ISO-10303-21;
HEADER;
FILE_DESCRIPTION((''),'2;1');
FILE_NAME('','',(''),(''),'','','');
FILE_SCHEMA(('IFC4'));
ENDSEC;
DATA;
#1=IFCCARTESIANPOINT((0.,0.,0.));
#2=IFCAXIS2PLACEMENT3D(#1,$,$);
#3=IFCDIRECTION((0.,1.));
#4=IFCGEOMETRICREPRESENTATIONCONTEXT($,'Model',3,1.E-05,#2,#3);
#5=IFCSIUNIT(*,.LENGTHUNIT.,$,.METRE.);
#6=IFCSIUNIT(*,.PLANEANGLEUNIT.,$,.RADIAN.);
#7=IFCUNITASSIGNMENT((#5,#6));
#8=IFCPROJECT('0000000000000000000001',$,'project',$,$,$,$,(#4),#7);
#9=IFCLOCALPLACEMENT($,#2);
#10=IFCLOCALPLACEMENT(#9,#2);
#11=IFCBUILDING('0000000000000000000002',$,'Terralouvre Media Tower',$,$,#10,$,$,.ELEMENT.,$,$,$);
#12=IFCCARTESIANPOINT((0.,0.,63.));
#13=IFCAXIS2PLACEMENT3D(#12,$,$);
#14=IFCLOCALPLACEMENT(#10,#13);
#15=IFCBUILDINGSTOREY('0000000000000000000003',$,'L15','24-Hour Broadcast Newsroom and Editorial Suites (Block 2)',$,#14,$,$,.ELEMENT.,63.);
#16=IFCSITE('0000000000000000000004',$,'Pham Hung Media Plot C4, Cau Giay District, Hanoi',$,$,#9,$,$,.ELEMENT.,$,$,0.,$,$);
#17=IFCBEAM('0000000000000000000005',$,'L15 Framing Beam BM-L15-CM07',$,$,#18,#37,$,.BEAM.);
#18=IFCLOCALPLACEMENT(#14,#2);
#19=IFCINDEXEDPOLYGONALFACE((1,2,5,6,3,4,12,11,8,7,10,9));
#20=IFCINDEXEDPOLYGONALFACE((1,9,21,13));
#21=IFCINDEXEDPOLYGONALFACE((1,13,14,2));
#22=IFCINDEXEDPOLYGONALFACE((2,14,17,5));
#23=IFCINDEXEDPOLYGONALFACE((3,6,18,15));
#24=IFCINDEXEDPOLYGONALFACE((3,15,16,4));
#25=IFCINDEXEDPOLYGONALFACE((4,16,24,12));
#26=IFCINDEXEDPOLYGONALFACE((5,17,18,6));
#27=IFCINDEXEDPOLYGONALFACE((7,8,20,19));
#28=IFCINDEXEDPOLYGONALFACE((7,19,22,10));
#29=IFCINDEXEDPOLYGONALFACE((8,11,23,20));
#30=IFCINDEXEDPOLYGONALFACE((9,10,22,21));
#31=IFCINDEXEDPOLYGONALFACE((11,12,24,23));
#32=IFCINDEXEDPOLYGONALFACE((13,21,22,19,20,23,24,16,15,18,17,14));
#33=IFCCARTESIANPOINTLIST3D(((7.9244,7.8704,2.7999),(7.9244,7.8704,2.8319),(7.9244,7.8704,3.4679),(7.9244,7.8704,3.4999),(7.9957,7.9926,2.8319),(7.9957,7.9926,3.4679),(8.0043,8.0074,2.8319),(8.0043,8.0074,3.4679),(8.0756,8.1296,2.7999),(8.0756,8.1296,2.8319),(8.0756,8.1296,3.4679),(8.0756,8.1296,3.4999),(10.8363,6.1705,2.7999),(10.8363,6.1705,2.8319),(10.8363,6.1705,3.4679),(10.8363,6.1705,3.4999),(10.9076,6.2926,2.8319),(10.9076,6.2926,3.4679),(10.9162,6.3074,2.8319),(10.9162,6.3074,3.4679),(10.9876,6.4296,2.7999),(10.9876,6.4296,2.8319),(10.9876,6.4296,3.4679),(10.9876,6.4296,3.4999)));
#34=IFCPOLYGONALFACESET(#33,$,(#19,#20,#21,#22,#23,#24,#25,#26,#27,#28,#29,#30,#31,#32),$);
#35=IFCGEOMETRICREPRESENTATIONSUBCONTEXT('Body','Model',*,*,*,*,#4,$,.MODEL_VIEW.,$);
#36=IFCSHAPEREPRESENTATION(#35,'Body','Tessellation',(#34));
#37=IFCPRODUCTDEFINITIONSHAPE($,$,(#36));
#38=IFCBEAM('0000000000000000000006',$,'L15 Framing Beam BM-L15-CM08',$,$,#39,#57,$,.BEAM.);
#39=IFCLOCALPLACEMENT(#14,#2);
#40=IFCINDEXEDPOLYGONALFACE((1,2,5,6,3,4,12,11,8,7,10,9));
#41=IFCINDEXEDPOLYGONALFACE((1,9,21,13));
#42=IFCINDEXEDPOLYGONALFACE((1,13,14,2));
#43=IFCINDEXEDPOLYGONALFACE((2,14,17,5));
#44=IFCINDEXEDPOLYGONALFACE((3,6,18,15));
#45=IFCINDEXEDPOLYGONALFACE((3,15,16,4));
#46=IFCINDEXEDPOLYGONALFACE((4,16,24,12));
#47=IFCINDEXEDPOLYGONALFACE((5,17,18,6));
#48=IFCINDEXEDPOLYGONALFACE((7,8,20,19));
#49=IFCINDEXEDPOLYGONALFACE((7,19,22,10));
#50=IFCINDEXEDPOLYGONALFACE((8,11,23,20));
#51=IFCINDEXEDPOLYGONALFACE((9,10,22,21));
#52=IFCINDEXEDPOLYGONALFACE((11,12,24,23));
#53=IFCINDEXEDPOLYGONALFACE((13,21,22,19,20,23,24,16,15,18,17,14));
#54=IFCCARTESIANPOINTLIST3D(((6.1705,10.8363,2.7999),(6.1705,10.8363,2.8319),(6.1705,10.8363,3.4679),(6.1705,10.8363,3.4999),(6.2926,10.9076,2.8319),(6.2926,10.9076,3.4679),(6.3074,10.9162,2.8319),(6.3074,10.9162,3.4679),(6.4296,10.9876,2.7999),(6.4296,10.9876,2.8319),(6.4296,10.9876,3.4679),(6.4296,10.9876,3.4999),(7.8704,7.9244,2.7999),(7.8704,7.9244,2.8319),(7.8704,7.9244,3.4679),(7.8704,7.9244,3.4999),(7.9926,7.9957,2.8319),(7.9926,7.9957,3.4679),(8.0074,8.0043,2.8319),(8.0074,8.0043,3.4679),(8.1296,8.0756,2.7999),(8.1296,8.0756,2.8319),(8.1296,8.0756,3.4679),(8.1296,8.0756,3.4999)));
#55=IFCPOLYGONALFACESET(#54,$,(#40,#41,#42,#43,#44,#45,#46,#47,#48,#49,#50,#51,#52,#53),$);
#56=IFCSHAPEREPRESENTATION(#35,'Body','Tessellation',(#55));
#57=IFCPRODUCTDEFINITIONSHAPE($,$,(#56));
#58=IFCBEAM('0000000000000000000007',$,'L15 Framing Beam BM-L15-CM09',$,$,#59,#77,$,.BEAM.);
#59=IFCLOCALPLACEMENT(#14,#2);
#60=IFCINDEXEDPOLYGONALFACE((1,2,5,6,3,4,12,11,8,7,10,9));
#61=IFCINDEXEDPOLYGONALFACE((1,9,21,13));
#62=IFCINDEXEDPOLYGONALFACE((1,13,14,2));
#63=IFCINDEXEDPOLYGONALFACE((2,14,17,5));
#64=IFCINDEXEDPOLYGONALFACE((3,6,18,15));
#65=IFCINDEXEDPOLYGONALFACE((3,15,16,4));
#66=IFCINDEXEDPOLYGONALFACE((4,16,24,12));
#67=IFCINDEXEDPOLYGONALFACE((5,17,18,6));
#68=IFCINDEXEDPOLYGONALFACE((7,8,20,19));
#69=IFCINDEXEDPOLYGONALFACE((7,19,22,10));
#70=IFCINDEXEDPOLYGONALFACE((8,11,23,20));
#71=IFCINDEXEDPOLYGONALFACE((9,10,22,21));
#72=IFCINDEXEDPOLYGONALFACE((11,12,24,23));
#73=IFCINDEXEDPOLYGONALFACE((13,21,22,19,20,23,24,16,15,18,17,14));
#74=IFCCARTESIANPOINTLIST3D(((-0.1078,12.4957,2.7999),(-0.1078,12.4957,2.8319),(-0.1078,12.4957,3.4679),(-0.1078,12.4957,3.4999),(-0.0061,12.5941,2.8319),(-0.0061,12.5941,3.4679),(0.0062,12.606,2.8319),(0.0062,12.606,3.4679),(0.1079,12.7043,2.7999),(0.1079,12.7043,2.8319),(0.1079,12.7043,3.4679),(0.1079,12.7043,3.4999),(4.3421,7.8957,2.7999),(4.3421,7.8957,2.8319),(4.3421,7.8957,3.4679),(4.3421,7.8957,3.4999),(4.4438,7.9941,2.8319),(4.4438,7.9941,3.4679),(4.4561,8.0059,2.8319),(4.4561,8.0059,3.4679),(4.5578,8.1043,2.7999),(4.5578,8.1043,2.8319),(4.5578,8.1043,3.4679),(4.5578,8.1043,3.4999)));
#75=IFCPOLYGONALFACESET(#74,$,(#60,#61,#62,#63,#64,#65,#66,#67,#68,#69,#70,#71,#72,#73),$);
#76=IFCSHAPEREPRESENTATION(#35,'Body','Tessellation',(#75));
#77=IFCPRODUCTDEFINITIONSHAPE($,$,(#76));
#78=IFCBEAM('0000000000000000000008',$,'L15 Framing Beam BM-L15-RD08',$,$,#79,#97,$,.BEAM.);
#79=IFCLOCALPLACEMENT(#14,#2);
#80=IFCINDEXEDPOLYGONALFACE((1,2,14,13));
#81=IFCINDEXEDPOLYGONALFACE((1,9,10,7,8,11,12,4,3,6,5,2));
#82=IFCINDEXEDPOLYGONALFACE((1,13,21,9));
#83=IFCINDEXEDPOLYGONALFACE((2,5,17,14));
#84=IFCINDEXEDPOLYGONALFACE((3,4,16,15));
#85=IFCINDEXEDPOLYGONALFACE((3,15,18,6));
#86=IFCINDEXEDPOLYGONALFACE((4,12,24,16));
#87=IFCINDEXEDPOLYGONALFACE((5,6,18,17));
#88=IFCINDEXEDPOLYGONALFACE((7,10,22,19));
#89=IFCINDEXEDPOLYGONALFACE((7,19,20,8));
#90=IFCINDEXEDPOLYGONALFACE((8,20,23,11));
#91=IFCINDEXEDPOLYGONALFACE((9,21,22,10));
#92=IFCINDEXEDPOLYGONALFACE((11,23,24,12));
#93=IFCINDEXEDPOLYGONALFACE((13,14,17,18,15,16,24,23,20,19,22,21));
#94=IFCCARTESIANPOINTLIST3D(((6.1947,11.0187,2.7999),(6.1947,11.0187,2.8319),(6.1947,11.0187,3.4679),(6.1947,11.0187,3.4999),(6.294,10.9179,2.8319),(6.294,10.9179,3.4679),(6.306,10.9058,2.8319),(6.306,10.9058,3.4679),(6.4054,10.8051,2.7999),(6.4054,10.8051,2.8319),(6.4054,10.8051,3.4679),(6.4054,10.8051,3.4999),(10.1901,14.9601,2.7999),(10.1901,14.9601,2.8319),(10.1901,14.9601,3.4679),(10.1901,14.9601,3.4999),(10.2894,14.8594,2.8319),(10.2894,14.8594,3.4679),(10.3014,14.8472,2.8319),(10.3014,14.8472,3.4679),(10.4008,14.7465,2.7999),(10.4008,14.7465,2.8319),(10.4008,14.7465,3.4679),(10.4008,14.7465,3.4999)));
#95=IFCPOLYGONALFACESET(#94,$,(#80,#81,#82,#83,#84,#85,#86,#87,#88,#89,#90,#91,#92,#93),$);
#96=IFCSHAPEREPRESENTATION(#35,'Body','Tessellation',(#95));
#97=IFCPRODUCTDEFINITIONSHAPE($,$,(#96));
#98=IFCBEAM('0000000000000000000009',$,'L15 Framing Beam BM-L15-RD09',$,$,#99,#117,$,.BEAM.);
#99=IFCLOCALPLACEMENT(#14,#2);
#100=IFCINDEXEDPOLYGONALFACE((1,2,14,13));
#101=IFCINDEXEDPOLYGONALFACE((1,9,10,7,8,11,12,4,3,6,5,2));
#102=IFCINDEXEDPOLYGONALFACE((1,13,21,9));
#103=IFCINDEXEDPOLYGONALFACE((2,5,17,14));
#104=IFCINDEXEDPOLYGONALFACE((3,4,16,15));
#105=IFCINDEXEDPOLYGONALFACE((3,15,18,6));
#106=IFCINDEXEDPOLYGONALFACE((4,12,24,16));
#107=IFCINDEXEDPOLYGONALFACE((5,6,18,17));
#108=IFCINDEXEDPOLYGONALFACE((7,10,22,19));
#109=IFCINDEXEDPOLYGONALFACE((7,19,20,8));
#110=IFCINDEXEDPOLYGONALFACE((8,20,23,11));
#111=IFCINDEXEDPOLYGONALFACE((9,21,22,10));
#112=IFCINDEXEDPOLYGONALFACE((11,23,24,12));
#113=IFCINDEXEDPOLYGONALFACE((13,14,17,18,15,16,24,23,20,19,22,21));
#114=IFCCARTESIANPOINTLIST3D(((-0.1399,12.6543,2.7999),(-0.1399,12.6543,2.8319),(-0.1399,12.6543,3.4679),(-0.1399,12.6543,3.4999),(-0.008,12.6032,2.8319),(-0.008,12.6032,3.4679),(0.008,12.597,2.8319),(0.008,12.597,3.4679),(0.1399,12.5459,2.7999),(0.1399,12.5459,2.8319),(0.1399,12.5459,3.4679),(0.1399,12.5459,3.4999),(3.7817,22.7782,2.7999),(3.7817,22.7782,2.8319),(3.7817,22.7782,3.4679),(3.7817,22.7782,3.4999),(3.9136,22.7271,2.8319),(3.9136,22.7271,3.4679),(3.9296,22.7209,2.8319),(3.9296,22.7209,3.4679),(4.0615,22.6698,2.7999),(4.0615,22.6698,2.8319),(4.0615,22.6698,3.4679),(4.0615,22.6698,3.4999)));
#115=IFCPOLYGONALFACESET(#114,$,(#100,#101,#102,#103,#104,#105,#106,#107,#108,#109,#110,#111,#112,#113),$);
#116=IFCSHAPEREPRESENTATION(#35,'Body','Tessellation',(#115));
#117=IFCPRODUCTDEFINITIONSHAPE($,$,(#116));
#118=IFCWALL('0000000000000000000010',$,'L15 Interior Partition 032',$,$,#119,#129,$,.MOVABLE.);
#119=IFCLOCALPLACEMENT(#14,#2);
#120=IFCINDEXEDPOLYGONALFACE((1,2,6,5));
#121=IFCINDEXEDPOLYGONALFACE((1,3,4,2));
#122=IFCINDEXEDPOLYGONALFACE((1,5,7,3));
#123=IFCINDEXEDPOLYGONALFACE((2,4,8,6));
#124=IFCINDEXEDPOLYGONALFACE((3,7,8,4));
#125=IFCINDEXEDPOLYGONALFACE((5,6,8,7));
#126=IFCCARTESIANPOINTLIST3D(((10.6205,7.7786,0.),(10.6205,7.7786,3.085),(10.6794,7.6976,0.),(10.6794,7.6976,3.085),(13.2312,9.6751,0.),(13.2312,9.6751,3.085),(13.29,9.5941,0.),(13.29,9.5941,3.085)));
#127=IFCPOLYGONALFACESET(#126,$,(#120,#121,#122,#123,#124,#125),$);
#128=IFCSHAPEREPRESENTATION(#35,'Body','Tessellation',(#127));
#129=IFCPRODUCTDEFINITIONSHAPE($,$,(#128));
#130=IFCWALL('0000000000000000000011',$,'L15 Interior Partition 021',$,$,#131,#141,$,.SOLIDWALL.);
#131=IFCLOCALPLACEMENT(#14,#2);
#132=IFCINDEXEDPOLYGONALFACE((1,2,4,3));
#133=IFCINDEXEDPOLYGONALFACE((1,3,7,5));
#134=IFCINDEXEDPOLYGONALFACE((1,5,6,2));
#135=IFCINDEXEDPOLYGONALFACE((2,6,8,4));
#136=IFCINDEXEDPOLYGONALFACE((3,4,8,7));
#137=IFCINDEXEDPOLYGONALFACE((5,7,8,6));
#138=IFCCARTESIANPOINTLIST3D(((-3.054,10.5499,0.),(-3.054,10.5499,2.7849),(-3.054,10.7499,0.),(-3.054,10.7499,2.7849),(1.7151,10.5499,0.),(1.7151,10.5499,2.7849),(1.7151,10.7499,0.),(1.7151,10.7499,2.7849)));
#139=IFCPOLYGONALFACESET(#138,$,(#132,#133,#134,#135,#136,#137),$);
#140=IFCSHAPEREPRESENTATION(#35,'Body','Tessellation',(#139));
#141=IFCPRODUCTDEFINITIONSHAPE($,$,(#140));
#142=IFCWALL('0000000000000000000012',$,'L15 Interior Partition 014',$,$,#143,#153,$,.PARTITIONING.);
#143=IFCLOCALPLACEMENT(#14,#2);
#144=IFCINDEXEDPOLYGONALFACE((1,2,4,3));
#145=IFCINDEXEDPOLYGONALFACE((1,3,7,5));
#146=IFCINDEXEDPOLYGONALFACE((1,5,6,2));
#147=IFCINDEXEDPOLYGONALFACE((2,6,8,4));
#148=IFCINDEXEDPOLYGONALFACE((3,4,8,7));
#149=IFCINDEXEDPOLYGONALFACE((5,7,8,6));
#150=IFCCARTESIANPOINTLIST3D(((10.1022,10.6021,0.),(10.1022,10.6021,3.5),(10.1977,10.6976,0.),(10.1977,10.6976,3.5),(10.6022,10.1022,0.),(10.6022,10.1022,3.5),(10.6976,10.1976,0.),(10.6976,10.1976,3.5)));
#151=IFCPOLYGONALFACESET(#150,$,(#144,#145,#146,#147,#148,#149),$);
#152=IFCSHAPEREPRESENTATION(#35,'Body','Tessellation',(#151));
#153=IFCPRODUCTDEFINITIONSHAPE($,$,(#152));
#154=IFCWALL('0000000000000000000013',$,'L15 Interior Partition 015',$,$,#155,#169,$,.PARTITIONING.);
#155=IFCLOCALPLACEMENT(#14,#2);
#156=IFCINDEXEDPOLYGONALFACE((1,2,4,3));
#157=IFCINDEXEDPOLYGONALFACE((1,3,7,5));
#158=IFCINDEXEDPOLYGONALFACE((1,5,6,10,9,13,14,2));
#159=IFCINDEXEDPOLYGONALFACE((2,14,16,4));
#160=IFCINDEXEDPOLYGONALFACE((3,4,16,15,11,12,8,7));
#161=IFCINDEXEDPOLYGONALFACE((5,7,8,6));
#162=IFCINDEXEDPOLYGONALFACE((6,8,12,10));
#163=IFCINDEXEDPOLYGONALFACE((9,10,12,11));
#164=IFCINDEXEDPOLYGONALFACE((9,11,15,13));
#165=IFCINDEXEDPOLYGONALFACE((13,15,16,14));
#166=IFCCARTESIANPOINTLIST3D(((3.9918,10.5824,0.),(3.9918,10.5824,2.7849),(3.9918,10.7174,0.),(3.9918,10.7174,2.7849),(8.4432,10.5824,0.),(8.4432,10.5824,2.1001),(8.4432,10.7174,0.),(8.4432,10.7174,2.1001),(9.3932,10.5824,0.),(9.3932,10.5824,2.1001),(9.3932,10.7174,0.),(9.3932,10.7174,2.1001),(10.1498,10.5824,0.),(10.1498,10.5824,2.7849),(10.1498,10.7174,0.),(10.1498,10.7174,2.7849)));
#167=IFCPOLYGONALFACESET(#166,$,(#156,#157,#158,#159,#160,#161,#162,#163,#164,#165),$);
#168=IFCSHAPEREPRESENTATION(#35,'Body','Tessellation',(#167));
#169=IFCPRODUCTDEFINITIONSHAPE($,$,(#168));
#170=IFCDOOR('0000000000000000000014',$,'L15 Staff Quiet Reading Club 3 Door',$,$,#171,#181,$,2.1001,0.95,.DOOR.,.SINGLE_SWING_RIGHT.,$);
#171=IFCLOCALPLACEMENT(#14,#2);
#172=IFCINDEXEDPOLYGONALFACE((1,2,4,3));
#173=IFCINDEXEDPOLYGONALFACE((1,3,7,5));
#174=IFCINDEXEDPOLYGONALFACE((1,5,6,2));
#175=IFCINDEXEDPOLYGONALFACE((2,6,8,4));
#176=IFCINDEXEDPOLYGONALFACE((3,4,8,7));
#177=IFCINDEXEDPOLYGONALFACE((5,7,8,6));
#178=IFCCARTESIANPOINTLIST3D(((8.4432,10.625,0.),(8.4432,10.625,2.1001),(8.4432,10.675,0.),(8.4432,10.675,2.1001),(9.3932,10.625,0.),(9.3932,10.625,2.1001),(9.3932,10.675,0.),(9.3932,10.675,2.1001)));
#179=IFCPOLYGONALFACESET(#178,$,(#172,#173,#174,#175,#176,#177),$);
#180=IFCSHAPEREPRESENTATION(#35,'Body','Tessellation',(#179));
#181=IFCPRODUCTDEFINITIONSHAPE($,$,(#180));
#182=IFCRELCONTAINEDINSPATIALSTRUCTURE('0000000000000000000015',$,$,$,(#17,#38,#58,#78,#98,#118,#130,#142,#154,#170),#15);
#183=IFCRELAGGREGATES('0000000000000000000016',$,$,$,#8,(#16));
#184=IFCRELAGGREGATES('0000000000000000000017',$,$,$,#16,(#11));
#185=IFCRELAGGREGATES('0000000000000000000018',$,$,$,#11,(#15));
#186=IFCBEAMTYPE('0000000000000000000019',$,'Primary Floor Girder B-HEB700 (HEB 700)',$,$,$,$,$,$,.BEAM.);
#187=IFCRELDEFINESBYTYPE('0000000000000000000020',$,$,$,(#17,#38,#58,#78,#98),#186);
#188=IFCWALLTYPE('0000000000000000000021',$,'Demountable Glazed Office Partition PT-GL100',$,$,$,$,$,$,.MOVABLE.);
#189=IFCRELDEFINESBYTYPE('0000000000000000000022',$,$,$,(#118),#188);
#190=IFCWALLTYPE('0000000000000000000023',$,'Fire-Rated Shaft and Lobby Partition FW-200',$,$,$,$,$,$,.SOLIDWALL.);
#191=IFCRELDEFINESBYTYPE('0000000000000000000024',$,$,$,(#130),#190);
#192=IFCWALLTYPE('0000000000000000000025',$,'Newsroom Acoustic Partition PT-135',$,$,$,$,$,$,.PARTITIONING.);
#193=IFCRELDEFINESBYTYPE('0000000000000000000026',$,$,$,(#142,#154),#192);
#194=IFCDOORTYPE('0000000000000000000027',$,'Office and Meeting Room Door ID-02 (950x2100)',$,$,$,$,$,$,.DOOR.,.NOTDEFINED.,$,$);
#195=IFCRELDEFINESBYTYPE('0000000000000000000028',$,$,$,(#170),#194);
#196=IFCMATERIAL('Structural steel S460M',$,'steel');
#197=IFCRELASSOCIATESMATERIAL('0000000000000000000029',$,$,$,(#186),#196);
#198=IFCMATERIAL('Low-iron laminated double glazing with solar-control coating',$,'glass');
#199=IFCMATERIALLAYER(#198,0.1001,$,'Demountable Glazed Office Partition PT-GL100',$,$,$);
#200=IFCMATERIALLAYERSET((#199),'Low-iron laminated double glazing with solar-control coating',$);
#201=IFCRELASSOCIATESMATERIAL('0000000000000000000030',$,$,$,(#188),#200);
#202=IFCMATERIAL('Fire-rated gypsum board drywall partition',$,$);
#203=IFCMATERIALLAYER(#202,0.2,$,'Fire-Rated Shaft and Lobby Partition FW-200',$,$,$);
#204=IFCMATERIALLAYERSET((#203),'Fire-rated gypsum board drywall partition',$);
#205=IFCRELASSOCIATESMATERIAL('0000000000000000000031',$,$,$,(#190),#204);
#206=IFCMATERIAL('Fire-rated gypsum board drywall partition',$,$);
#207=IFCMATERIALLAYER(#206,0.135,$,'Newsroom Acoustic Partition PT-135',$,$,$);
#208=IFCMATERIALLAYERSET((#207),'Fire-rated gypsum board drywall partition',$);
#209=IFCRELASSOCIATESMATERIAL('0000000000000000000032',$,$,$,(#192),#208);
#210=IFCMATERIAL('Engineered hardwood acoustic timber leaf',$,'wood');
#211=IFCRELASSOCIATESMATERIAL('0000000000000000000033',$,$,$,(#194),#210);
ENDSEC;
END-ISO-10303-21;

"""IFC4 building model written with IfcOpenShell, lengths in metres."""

from ifc_helpers import new_model, si_unit, direction, frame, frame_2d, origin, origin_2d, place, context, subcontext, project, spatial, rectangle, i_section, extrude, material, layer, layer_set, material_profile, profile_set, type_object, element, fill, save


model = new_model("IFC4")

# Units and contexts
model_context = context("Model", 3, precision=1e-05, world=origin(), true_north=direction((0.0, 1.0)))
body_context = subcontext(model_context, "Body", "Model", "MODEL_VIEW")
ifc_project = project(units=[si_unit("LENGTHUNIT", "METRE"), si_unit("PLANEANGLEUNIT", "RADIAN")], contexts=[model_context])

# Site, building, storey
site_placement = place(None, origin())
site = spatial("IfcSite", under=ifc_project, at=site_placement, Name="Pham Hung Media Plot C4, Cau Giay District, Hanoi", CompositionType="ELEMENT", RefElevation=0.0)
building_placement = place(site_placement, origin())
building = spatial("IfcBuilding", under=site, at=building_placement, Name="Terralouvre Media Tower", CompositionType="ELEMENT")
storey_placement = place(building_placement, frame((0.0, 0.0, 63.0)))
storey = spatial("IfcBuildingStorey", under=building, at=storey_placement, Name="L15", Description="24-Hour Broadcast Newsroom and Editorial Suites (Block 2)", CompositionType="ELEMENT", Elevation=63.0)

# Beams
ifc_material_1 = material(Name="Structural steel S460M", Category="steel")
ifc_material_profile_1 = material_profile(ifc_material_1, i_section(OverallWidth=0.3, OverallDepth=0.7, WebThickness=0.0171, FlangeThickness=0.032, at=origin_2d()), Name="HEB 700")
ifc_profile_set_1 = profile_set([ifc_material_profile_1], Name="Structural steel S460M")
beam_type_1 = type_object("IfcBeamType", Name="Primary Floor Girder B-HEB700 (HEB 700)", PredefinedType="BEAM", material=ifc_profile_set_1)
for number, where, z_axis, x_axis, name in (
    (1, (8.0, 8.0, 3.1499), (0.863603, -0.504173, 0.0), (0.504173, 0.863603, 0.0), "L15 Framing Beam BM-L15-CM07"),
    (2, (8.0, 8.0, 3.1499), (-0.504173, 0.863603, 0.0), (-0.863603, -0.504173, 0.0), "L15 Framing Beam BM-L15-CM08"),
):
    element("IfcBeam", number, at=place(storey_placement, frame(where, z_axis=z_axis, x_axis=x_axis)), inside=storey, type_object=beam_type_1, Name=name, PredefinedType="BEAM", context=body_context, shape_type="SweptSolid", body=[
        extrude(i_section(OverallWidth=0.3, OverallDepth=0.7, WebThickness=0.0171, FlangeThickness=0.032, at=origin_2d()), origin(), (0.0, 0.0, 1.0), 3.3718),
    ])
beam_1_placement = place(storey_placement, frame((4.45, 8.0, 3.1499), z_axis=(-0.69528, 0.718739, 0.0), x_axis=(-0.718739, -0.69528, 0.0)))
element("IfcBeam", 3, at=beam_1_placement, inside=storey, type_object=beam_type_1, Name="L15 Framing Beam BM-L15-CM09", PredefinedType="BEAM", context=body_context, shape_type="SweptSolid", body=[
    extrude(i_section(OverallWidth=0.3, OverallDepth=0.7, WebThickness=0.0171, FlangeThickness=0.032, at=origin_2d()), origin(), (0.0, 0.0, 1.0), 6.4001),
])
beam_2_placement = place(storey_placement, frame((6.3, 10.9119, 3.1499), z_axis=(0.711897, 0.702284, 0.0), x_axis=(-0.702284, 0.711897, 0.0)))
element("IfcBeam", 4, at=beam_2_placement, inside=storey, type_object=beam_type_1, Name="L15 Framing Beam BM-L15-RD08", PredefinedType="BEAM", context=body_context, shape_type="SweptSolid", body=[
    extrude(i_section(OverallWidth=0.3, OverallDepth=0.7, WebThickness=0.0171, FlangeThickness=0.032, at=origin_2d()), origin(), (0.0, 0.0, 1.0), 5.6123),
])
beam_3_placement = place(storey_placement, frame((0.0, 12.6001, 3.1499), z_axis=(0.361207, 0.932486, 0.0), x_axis=(-0.932486, 0.361207, 0.0)))
element("IfcBeam", 5, at=beam_3_placement, inside=storey, type_object=beam_type_1, Name="L15 Framing Beam BM-L15-RD09", PredefinedType="BEAM", context=body_context, shape_type="SweptSolid", body=[
    extrude(i_section(OverallWidth=0.3, OverallDepth=0.7, WebThickness=0.0171, FlangeThickness=0.032, at=origin_2d()), origin(), (0.0, 0.0, 1.0), 10.8569),
])

# Walls
ifc_material_2 = material(Name="Low-iron laminated double glazing with solar-control coating", Category="glass")
ifc_layer_1 = layer(ifc_material_2, 0.1001, Name="Demountable Glazed Office Partition PT-GL100")
ifc_layer_set_1 = layer_set([ifc_layer_1], Name="Low-iron laminated double glazing with solar-control coating")
wall_type_1 = type_object("IfcWallType", Name="Demountable Glazed Office Partition PT-GL100", PredefinedType="MOVABLE", material=ifc_layer_set_1)
wall_1_placement = place(storey_placement, frame((13.2605, 9.6345, 0.0), z_axis=(0.0, 0.0, 1.0), x_axis=(-0.80905, -0.58774, 0.0)))
element("IfcWall", 6, at=wall_1_placement, inside=storey, type_object=wall_type_1, Name="L15 Interior Partition 032", PredefinedType="MOVABLE", context=body_context, shape_type="SweptSolid", body=[
    extrude(rectangle(XDim=3.2268, YDim=0.1001, at=frame_2d((1.6133, 0.0))), origin(), (0.0, 0.0, 1.0), 3.085),
])
ifc_material_3 = material(Name="Fire-rated gypsum board drywall partition")
ifc_layer_2 = layer(ifc_material_3, 0.2, Name="Fire-Rated Shaft and Lobby Partition FW-200")
ifc_layer_set_2 = layer_set([ifc_layer_2], Name="Fire-rated gypsum board drywall partition")
wall_type_2 = type_object("IfcWallType", Name="Fire-Rated Shaft and Lobby Partition FW-200", PredefinedType="SOLIDWALL", material=ifc_layer_set_2)
wall_2_placement = place(storey_placement, frame((1.7151, 10.6499, 0.0), z_axis=(0.0, 0.0, 1.0), x_axis=(-1.0, 0.0, 0.0)))
element("IfcWall", 7, at=wall_2_placement, inside=storey, type_object=wall_type_2, Name="L15 Interior Partition 021", PredefinedType="SOLIDWALL", context=body_context, shape_type="SweptSolid", body=[
    extrude(rectangle(XDim=4.769, YDim=0.2, at=frame_2d((2.3845, 0.0))), origin(), (0.0, 0.0, 1.0), 2.7849),
])
ifc_material_4 = material(Name="Fire-rated gypsum board drywall partition")
ifc_layer_3 = layer(ifc_material_4, 0.135, Name="Newsroom Acoustic Partition PT-135")
ifc_layer_set_3 = layer_set([ifc_layer_3], Name="Fire-rated gypsum board drywall partition")
wall_type_3 = type_object("IfcWallType", Name="Newsroom Acoustic Partition PT-135", PredefinedType="PARTITIONING", material=ifc_layer_set_3)
wall_3_placement = place(storey_placement, frame((10.6499, 10.1499, 0.0), z_axis=(0.0, 0.0, 1.0), x_axis=(-0.707107, 0.707107, 0.0)))
element("IfcWall", 8, at=wall_3_placement, inside=storey, type_object=wall_type_3, Name="L15 Interior Partition 014", PredefinedType="PARTITIONING", context=body_context, shape_type="SweptSolid", body=[
    extrude(rectangle(XDim=0.707, YDim=0.135, at=frame_2d((0.3535, 0.0))), origin(), (0.0, 0.0, 1.0), 3.5),
])

# Wall, opening, door
wall_4_placement = place(storey_placement, frame((10.1499, 10.6499, 0.0), z_axis=(0.0, 0.0, 1.0), x_axis=(-1.0, 0.0, 0.0)))
wall_4 = element("IfcWall", 9, at=wall_4_placement, inside=storey, type_object=wall_type_3, Name="L15 Interior Partition 015", PredefinedType="PARTITIONING", context=body_context, shape_type="SweptSolid", body=[
    extrude(rectangle(XDim=6.158, YDim=0.135, at=frame_2d((3.0791, 0.0))), origin(), (0.0, 0.0, 1.0), 2.7849),
])
opening_placement = place(wall_4_placement, frame((0.7566, 0.0, 0.0)))
opening = element("IfcOpeningElement", 10, at=opening_placement, cuts=wall_4, PredefinedType="OPENING", context=body_context, shape_type="SweptSolid", body=[
    extrude(rectangle(XDim=0.95, YDim=2.1001, at=frame_2d((0.4751, 1.05))), frame((0.0, 0.0774, 0.0), z_axis=(0.0, -1.0, 0.0), x_axis=(1.0, 0.0, 0.0)), (0.0, 0.0, 1.0), 0.155),
])
ifc_material_5 = material(Name="Engineered hardwood acoustic timber leaf", Category="wood")
door_type = type_object("IfcDoorType", Name="Office and Meeting Room Door ID-02 (950x2100)", OperationType="NOTDEFINED", PredefinedType="DOOR", material=ifc_material_5)
door_placement = place(opening_placement, origin())
door = element("IfcDoor", 11, at=door_placement, inside=storey, type_object=door_type, Name="L15 Staff Quiet Reading Club 3 Door", OperationType="SINGLE_SWING_RIGHT", OverallHeight=2.1001, OverallWidth=0.95, PredefinedType="DOOR", context=body_context, shape_type="SweptSolid", body=[
    extrude(rectangle(XDim=0.95, YDim=2.1001, at=frame_2d((0.4751, 1.05))), frame((0.0, 0.0249, 0.0), z_axis=(0.0, -1.0, 0.0), x_axis=(1.0, 0.0, 0.0)), (0.0, 0.0, 1.0), 0.05),
])
fill(opening, door)

save(model, "model.ifc")
